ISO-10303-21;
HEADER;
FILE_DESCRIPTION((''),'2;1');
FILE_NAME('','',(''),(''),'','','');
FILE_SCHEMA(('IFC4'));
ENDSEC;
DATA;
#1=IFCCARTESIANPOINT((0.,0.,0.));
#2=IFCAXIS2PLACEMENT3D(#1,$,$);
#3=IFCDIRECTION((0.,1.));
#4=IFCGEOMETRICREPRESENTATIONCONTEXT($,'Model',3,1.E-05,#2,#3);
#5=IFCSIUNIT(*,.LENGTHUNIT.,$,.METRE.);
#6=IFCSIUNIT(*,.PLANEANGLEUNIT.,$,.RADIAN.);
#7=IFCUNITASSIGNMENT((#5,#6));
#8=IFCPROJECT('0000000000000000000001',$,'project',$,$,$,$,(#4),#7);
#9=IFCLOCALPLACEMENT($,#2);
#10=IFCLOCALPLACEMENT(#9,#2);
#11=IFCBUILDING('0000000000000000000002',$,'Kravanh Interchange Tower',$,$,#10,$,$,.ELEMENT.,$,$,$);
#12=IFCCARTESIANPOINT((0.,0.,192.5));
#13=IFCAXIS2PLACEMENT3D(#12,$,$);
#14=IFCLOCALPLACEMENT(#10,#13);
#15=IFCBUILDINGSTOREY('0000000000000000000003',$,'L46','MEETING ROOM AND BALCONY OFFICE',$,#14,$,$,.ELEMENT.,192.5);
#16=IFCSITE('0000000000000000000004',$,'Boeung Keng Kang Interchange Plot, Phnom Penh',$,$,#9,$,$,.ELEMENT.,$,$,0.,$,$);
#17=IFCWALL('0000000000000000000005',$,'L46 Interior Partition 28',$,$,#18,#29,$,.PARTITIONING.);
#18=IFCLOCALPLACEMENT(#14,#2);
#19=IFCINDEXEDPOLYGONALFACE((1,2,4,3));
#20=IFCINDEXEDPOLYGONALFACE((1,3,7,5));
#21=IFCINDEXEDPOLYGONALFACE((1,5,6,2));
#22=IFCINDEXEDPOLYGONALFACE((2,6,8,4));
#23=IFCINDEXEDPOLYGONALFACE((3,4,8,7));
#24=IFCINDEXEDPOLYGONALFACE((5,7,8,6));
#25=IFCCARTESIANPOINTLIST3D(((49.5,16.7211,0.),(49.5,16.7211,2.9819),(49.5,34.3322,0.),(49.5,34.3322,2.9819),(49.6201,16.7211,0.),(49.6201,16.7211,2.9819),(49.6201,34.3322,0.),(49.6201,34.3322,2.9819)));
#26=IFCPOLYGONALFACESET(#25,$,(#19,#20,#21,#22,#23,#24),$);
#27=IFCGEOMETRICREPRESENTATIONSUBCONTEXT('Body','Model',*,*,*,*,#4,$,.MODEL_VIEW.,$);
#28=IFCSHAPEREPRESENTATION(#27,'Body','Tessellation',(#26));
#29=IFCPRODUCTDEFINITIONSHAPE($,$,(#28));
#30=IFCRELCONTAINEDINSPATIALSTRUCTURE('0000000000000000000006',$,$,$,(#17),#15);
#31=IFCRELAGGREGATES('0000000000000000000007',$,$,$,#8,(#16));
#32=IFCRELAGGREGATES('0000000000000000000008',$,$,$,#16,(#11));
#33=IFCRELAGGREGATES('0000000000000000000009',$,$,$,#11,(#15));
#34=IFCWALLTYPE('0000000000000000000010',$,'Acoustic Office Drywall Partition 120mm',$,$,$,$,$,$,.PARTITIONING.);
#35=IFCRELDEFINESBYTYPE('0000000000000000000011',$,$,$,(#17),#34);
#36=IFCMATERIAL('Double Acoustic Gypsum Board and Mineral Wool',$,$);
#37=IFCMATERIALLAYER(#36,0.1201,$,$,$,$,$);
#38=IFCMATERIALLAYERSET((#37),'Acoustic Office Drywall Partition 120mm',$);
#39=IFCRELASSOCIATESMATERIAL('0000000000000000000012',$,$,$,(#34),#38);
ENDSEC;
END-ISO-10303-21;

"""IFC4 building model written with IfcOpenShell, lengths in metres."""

from ifc_helpers import new_model, si_unit, direction, frame, frame_2d, origin, place, context, subcontext, project, spatial, rectangle, extrude, material, layer, layer_set, type_object, element, save


model = new_model("IFC4")

# Units and contexts
model_context = context("Model", 3, precision=1e-05, world=origin(), true_north=direction((0.0, 1.0)))
body_context = subcontext(model_context, "Body", "Model", "MODEL_VIEW")
ifc_project = project(units=[si_unit("LENGTHUNIT", "METRE"), si_unit("PLANEANGLEUNIT", "RADIAN")], contexts=[model_context])

# Site, building, storey
site_placement = place(None, origin())
site = spatial("IfcSite", under=ifc_project, at=site_placement, Name="Boeung Keng Kang Interchange Plot, Phnom Penh", CompositionType="ELEMENT", RefElevation=0.0)
building_placement = place(site_placement, origin())
building = spatial("IfcBuilding", under=site, at=building_placement, Name="Kravanh Interchange Tower", CompositionType="ELEMENT")
storey_placement = place(building_placement, frame((0.0, 0.0, 192.5)))
storey = spatial("IfcBuildingStorey", under=building, at=storey_placement, Name="L46", Description="MEETING ROOM AND BALCONY OFFICE", CompositionType="ELEMENT", Elevation=192.5)

# Wall
ifc_material_1 = material(Name="Double Acoustic Gypsum Board and Mineral Wool")
ifc_layer_1 = layer(ifc_material_1, 0.1201)
ifc_layer_set_1 = layer_set([ifc_layer_1], Name="Acoustic Office Drywall Partition 120mm")
wall_type = type_object("IfcWallType", Name="Acoustic Office Drywall Partition 120mm", PredefinedType="PARTITIONING", material=ifc_layer_set_1)
wall_1_placement = place(storey_placement, frame((49.5601, 16.7209, 0.0), z_axis=(0.0, 0.0, 1.0), x_axis=(0.0, 1.0, 0.0)))
element("IfcWall", 1, at=wall_1_placement, inside=storey, type_object=wall_type, Name="L46 Interior Partition 28", PredefinedType="PARTITIONING", context=body_context, shape_type="SweptSolid", body=[
    extrude(rectangle(XDim=17.6111, YDim=0.1201, at=frame_2d((8.8057, 0.0))), origin(), (0.0, 0.0, 1.0), 2.9819),
])

save(model, "model.ifc")
